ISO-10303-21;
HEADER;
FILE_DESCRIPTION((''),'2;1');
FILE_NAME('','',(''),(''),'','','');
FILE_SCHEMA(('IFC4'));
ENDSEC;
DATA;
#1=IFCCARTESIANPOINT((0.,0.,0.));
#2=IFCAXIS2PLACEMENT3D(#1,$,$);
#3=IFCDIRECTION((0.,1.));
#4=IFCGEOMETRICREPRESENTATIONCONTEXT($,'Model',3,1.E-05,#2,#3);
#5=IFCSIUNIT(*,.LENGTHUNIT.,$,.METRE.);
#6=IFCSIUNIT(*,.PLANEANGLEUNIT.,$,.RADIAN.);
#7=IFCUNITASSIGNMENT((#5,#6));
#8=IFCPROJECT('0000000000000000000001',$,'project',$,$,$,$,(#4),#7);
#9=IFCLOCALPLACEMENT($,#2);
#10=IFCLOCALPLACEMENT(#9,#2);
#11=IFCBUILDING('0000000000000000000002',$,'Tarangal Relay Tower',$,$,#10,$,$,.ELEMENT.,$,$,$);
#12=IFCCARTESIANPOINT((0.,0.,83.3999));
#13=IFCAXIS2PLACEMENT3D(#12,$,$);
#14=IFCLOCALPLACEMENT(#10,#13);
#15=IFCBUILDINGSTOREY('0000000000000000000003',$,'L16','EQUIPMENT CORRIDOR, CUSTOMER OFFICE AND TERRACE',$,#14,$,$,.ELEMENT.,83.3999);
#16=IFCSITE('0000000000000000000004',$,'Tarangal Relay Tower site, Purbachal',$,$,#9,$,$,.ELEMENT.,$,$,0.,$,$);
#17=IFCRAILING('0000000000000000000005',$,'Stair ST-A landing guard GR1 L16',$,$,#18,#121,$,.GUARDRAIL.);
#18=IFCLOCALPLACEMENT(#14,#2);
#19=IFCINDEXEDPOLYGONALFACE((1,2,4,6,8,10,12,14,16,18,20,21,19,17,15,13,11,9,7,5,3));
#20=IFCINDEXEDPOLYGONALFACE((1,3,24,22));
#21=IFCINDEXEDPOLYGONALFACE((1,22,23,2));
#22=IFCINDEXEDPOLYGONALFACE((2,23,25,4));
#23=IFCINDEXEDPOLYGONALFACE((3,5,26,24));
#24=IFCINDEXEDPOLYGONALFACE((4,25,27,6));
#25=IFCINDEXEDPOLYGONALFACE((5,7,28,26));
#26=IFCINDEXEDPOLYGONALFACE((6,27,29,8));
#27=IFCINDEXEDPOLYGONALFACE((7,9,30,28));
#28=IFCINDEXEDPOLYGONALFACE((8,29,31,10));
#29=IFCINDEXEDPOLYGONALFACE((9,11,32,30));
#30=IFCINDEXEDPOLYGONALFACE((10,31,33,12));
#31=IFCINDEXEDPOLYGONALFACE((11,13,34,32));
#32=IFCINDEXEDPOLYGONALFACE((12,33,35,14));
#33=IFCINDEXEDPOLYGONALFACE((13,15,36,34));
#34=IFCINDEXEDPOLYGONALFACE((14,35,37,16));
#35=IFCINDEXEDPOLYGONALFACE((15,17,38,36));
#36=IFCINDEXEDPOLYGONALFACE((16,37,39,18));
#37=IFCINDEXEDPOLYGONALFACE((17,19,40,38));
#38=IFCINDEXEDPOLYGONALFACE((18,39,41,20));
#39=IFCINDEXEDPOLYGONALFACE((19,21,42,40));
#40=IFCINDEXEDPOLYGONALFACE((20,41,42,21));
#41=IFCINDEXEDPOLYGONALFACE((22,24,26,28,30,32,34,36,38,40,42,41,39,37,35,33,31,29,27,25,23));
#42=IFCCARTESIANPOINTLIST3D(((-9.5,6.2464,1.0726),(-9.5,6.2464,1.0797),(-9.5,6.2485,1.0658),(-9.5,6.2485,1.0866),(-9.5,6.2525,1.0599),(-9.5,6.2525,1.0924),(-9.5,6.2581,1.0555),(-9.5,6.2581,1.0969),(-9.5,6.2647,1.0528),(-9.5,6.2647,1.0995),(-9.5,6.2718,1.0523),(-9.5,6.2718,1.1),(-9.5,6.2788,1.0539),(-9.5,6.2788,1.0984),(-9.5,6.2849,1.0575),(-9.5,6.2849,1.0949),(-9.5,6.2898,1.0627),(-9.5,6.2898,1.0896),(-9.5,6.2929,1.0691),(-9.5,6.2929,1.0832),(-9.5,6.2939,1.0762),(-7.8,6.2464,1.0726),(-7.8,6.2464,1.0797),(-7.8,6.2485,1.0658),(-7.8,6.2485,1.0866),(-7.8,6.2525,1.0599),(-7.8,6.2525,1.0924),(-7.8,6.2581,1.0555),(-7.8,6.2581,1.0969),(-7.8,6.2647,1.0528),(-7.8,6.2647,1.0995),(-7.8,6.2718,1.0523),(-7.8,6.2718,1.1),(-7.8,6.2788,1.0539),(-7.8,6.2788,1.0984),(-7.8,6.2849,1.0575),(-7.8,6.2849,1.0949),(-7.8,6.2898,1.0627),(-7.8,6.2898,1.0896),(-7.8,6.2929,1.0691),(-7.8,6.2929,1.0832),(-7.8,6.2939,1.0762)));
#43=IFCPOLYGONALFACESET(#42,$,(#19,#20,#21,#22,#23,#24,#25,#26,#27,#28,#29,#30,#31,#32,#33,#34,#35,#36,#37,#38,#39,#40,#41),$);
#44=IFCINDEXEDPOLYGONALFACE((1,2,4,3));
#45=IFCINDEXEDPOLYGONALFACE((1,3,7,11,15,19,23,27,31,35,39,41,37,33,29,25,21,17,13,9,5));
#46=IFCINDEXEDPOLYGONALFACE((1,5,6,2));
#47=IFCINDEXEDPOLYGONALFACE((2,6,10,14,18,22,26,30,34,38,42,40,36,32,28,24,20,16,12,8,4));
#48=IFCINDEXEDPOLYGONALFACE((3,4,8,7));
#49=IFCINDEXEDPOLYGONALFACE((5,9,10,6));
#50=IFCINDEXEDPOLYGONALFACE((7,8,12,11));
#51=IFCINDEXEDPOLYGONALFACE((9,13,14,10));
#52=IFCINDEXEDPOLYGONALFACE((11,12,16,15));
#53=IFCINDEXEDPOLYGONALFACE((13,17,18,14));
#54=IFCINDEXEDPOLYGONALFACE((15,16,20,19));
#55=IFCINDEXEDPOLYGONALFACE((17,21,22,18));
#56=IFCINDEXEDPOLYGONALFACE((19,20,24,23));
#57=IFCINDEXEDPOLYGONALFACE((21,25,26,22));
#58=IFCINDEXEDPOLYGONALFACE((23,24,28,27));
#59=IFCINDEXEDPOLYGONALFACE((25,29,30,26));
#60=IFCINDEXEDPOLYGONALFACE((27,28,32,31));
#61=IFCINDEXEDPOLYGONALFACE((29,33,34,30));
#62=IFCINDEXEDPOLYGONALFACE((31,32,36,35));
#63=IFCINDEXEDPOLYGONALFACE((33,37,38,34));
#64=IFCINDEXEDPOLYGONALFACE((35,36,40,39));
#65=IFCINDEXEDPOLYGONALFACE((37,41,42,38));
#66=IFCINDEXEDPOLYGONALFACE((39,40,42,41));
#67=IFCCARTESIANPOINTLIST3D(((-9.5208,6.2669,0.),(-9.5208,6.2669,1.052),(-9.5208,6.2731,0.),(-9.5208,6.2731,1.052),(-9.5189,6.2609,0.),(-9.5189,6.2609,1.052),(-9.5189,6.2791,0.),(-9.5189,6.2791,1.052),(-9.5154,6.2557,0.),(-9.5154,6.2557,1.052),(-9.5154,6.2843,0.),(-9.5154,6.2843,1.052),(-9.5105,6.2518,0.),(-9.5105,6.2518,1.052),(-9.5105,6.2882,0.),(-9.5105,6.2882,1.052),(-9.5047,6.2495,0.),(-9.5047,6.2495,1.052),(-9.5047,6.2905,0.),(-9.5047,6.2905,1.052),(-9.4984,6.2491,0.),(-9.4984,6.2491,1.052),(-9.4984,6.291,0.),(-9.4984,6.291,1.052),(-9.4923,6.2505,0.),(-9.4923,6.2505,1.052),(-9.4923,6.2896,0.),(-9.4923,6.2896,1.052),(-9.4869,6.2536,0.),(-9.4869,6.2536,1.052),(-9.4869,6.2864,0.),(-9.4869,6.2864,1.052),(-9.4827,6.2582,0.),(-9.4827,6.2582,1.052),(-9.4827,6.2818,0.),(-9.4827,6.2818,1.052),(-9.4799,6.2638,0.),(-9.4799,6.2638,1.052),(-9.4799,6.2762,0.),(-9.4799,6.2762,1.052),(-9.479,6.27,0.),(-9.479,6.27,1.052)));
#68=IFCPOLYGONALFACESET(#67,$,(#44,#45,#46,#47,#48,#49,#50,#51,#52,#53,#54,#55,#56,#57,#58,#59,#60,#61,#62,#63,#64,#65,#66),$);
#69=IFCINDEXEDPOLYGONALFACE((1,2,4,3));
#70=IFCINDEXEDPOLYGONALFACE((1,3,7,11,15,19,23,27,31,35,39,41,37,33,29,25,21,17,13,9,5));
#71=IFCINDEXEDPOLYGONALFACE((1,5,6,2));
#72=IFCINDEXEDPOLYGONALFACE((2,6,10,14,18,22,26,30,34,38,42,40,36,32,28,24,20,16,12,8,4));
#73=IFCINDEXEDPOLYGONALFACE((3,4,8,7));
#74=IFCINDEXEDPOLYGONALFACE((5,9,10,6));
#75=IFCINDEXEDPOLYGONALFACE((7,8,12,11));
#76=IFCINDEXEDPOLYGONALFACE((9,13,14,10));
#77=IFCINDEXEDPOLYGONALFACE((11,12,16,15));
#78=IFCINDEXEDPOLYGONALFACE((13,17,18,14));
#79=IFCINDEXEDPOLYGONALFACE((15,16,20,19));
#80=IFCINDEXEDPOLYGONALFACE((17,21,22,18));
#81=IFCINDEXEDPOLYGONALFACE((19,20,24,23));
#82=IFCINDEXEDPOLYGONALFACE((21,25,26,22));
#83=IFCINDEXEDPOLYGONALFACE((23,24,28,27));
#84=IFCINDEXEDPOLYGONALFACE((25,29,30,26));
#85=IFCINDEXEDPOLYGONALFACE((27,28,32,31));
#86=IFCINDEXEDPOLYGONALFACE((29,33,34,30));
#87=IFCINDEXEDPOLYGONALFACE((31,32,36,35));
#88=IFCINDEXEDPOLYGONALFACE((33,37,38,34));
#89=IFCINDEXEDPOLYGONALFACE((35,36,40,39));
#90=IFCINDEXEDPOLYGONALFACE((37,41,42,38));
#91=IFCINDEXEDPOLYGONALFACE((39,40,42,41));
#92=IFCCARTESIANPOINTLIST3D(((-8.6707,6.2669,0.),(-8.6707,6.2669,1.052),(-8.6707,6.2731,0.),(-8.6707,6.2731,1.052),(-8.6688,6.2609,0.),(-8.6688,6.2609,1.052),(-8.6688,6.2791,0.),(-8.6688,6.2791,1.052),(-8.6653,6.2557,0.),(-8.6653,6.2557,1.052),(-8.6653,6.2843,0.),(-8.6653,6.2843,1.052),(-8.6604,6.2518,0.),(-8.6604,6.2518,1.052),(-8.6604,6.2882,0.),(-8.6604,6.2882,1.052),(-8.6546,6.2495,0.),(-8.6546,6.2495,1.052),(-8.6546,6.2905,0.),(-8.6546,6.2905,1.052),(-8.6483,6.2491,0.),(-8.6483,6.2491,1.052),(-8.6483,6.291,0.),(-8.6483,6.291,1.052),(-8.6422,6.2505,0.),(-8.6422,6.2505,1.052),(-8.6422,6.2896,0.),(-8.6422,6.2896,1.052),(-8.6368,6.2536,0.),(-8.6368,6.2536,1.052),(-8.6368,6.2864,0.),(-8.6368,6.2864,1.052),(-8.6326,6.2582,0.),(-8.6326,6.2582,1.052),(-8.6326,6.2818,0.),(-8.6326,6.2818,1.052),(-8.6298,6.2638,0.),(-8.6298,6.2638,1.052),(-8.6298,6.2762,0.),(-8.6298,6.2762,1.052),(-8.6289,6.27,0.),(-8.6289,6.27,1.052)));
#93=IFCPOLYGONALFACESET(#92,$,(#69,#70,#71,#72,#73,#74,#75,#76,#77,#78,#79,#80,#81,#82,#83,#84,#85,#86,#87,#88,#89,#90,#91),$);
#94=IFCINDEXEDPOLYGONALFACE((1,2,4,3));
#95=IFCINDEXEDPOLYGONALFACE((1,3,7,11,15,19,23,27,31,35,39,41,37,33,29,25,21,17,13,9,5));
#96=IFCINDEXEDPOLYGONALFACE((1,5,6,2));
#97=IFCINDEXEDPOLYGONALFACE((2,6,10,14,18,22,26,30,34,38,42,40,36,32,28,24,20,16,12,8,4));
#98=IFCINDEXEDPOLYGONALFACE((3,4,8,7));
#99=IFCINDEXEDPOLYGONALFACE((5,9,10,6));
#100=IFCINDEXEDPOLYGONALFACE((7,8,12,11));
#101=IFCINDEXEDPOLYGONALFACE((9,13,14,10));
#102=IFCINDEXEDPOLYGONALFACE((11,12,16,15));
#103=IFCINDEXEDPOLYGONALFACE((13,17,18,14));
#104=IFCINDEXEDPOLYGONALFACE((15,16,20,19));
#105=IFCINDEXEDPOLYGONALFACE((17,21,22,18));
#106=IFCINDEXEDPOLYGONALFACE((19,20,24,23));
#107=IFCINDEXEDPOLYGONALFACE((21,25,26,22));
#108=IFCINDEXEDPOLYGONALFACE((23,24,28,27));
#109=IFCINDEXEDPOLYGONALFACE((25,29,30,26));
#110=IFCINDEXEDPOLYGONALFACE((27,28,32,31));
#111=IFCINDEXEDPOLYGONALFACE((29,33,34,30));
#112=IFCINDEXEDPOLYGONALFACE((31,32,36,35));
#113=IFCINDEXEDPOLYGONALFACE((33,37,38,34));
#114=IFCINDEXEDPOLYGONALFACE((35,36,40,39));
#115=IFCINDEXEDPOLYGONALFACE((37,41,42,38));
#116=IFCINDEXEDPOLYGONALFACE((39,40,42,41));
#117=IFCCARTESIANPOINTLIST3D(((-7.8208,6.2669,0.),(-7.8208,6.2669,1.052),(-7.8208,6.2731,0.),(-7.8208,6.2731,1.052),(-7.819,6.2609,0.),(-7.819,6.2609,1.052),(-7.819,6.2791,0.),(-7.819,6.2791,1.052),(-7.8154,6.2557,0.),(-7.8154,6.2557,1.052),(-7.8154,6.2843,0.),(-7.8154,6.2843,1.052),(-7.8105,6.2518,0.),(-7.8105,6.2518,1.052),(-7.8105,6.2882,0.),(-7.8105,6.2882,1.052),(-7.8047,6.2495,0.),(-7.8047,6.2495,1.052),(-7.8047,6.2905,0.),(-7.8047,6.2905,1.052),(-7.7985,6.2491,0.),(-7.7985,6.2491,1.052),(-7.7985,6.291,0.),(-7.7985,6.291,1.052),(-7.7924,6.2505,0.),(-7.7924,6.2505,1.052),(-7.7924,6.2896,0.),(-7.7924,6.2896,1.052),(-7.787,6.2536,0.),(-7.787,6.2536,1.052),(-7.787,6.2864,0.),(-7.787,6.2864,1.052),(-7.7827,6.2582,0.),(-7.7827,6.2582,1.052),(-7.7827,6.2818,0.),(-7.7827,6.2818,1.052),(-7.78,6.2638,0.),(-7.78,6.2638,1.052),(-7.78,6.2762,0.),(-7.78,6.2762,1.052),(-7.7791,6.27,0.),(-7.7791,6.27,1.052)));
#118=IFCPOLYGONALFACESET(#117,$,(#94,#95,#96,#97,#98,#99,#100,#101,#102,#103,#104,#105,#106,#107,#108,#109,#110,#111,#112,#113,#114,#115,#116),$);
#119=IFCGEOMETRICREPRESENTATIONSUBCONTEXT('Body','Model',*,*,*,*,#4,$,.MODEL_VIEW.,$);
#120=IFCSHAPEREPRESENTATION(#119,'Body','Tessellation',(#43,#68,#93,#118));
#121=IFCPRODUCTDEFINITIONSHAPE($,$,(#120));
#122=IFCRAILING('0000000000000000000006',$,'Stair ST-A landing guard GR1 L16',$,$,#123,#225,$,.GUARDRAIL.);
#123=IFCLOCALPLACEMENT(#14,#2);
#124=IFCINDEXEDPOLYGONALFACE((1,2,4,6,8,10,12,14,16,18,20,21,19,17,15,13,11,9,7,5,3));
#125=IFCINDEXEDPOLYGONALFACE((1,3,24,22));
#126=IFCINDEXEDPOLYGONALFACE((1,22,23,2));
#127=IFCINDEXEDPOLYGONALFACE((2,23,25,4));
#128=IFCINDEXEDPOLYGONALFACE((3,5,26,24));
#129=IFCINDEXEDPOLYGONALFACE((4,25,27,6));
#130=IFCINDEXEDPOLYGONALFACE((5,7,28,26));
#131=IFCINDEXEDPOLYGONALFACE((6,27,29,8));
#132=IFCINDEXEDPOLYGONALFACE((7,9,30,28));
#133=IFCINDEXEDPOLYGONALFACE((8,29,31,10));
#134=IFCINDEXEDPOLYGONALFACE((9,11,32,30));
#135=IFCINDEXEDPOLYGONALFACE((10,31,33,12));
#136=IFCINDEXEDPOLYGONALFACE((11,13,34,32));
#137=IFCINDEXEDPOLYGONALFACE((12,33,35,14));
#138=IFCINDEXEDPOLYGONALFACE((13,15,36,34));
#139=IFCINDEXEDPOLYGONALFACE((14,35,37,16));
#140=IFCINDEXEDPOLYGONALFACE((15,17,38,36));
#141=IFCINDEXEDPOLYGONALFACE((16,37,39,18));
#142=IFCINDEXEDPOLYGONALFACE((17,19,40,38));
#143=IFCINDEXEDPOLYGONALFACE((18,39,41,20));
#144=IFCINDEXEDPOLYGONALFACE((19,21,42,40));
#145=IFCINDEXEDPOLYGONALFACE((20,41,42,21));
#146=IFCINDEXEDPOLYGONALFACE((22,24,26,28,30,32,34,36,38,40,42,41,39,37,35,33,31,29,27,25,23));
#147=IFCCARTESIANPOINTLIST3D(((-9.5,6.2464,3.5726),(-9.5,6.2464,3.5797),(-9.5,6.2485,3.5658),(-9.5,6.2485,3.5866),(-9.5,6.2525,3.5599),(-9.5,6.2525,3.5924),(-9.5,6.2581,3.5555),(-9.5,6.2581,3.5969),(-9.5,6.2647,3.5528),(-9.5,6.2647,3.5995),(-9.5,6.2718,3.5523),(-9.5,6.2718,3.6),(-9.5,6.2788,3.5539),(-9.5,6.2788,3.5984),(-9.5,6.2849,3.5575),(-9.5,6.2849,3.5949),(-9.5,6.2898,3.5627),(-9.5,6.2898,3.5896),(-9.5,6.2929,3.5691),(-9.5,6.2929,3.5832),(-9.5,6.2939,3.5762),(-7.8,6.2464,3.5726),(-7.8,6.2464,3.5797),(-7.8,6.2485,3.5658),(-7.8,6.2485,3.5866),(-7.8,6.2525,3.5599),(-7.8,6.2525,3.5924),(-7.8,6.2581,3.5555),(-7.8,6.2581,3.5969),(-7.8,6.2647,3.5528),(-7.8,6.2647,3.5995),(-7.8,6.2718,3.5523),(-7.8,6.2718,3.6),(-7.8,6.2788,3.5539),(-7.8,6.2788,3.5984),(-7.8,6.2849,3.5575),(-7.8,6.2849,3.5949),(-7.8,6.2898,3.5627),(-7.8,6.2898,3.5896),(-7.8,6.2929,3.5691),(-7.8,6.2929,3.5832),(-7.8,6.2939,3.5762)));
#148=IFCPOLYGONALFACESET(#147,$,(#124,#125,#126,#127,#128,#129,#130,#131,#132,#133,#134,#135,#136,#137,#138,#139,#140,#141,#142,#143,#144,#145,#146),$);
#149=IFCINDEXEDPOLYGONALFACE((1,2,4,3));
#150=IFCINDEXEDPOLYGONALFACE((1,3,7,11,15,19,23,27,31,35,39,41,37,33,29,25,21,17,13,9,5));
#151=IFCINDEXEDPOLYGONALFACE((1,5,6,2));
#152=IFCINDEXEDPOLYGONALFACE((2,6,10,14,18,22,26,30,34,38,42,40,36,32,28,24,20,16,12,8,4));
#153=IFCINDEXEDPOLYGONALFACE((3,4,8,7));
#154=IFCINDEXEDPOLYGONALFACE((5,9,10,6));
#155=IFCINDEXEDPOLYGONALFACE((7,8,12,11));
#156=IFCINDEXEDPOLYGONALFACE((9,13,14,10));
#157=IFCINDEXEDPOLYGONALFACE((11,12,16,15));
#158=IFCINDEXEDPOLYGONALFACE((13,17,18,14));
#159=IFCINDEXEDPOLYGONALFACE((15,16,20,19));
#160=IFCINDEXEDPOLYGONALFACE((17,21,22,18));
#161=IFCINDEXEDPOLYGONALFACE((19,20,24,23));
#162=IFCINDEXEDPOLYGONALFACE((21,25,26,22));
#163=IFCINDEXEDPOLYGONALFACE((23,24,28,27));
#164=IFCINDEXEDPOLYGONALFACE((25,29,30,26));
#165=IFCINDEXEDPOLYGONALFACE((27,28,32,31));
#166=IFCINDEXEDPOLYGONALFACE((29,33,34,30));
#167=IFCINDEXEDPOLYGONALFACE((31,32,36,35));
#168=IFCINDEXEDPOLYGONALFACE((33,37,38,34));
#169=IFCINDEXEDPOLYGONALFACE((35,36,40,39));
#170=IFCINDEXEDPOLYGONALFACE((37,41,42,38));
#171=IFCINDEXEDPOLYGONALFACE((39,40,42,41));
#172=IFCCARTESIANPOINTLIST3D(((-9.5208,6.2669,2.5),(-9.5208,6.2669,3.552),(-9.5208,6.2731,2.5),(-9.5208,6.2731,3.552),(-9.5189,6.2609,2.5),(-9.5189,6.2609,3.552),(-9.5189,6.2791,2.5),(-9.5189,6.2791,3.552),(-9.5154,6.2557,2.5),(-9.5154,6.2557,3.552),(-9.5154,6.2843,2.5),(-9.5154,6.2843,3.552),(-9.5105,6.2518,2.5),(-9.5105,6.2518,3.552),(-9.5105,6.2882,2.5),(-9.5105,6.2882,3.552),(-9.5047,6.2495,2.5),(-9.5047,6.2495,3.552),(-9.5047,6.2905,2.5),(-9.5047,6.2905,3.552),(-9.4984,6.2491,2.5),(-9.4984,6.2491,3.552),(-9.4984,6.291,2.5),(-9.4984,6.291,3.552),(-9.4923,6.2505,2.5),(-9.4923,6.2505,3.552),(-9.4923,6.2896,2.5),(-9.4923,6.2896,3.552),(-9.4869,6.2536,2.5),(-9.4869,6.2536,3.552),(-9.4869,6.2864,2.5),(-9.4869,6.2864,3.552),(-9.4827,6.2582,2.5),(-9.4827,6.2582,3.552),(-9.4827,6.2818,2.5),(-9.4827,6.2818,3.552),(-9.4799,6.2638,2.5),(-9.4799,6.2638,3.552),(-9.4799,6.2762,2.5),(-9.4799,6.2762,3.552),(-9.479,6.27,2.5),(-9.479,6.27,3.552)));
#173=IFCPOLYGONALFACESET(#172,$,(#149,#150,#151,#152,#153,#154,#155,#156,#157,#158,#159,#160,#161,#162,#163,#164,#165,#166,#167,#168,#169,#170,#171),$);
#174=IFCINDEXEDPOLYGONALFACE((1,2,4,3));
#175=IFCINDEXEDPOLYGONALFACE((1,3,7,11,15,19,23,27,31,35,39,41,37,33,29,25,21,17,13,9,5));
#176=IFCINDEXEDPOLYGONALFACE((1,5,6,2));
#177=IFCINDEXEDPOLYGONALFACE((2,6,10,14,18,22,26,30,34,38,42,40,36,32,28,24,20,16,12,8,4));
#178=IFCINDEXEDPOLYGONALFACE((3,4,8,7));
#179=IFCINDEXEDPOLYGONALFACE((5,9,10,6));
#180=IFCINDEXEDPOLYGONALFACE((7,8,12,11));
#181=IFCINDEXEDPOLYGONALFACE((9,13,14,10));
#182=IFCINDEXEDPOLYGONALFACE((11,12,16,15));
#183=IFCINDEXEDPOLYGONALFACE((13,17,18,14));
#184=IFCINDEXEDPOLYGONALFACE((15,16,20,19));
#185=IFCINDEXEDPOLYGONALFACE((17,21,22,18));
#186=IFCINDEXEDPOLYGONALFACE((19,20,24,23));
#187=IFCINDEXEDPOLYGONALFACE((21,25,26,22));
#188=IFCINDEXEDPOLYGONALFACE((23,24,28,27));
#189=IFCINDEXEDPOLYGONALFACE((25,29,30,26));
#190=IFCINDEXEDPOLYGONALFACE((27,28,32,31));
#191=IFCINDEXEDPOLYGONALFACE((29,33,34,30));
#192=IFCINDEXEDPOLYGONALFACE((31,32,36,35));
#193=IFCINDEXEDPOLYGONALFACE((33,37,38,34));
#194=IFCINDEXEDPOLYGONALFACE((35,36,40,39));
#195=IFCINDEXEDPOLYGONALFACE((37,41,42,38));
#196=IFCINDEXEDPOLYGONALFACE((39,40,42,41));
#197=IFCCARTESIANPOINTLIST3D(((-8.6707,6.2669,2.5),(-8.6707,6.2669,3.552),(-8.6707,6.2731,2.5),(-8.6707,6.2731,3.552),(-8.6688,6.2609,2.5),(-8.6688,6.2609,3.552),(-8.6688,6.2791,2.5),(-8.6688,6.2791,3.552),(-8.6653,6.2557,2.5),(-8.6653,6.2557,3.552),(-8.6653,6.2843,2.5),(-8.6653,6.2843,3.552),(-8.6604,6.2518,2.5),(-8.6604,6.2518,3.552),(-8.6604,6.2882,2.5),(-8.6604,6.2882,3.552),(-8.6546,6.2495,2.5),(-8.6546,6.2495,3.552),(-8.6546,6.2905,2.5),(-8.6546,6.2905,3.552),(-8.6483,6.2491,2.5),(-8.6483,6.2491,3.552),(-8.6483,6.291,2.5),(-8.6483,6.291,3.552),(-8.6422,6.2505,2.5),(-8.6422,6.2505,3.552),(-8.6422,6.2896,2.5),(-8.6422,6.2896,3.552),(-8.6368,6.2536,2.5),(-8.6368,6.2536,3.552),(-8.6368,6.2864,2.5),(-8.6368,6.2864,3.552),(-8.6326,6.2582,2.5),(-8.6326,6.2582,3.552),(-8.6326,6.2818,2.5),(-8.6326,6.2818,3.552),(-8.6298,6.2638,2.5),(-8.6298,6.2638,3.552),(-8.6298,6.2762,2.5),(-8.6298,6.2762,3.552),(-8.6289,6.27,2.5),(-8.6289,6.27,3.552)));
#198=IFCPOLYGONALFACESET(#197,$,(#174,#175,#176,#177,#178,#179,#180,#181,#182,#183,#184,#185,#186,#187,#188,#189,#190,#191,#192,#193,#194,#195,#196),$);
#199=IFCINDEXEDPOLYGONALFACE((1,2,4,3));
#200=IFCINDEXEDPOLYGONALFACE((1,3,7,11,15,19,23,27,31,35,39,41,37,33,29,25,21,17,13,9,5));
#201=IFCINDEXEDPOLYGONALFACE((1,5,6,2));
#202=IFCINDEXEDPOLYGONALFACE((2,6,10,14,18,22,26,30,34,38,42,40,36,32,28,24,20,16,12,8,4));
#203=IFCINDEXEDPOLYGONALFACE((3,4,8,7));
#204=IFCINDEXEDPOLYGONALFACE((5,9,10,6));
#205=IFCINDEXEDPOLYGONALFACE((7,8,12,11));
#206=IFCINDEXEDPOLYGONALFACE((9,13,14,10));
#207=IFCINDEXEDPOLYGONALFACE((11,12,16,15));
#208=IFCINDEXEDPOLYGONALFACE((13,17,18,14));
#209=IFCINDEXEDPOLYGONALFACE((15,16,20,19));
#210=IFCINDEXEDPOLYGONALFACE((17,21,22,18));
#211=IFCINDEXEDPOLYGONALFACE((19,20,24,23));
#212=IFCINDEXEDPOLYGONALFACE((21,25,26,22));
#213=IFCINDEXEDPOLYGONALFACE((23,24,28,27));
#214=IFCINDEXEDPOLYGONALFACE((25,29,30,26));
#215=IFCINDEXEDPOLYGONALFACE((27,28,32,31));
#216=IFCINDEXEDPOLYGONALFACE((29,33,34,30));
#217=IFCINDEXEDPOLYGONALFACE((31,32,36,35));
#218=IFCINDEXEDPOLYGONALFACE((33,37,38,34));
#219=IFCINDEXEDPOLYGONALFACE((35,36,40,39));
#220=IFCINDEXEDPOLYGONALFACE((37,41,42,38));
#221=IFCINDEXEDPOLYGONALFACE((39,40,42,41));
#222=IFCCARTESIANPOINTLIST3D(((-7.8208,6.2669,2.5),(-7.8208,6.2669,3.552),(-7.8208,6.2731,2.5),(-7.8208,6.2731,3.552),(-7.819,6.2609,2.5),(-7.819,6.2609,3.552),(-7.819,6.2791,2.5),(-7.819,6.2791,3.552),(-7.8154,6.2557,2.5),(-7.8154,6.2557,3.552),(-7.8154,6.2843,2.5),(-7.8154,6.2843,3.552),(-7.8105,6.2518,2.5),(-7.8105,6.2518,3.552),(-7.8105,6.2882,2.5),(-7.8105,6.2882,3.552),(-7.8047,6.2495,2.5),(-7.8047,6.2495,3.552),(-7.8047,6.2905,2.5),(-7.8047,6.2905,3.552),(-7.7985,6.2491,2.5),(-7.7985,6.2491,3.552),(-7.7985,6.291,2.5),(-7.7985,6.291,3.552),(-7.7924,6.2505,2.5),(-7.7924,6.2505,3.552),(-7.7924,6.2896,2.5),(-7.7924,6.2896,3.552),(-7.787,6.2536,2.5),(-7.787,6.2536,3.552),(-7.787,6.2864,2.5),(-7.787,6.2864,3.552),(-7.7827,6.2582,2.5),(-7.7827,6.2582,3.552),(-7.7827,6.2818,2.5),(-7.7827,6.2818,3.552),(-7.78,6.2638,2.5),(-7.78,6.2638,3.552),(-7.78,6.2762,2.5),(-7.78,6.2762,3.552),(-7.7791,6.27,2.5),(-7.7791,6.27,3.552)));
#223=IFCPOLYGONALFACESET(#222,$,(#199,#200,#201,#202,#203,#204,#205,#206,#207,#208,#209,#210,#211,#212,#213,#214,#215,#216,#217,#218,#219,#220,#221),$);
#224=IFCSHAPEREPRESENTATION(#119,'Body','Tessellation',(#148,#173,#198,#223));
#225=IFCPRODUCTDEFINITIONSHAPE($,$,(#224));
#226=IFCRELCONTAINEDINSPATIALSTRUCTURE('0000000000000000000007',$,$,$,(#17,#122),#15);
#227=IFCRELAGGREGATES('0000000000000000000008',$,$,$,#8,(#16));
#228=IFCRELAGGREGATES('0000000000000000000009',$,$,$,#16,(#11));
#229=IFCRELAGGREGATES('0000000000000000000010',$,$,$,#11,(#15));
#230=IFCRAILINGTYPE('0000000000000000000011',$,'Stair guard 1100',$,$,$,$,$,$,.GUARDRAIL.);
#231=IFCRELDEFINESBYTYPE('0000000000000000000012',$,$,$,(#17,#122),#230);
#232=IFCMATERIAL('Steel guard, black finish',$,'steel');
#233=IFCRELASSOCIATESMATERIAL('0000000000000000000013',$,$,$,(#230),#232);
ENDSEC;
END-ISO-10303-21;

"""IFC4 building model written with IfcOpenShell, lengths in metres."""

from ifc_helpers import new_model, si_unit, direction, frame, origin, origin_2d, place, context, subcontext, project, spatial, circle, extrude, material, type_object, element, save


model = new_model("IFC4")

# Units and contexts
model_context = context("Model", 3, precision=1e-05, world=origin(), true_north=direction((0.0, 1.0)))
body_context = subcontext(model_context, "Body", "Model", "MODEL_VIEW")
ifc_project = project(units=[si_unit("LENGTHUNIT", "METRE"), si_unit("PLANEANGLEUNIT", "RADIAN")], contexts=[model_context])

# Site, building, storey
site_placement = place(None, origin())
site = spatial("IfcSite", under=ifc_project, at=site_placement, Name="Tarangal Relay Tower site, Purbachal", CompositionType="ELEMENT", RefElevation=0.0)
building_placement = place(site_placement, origin())
building = spatial("IfcBuilding", under=site, at=building_placement, Name="Tarangal Relay Tower", CompositionType="ELEMENT")
storey_placement = place(building_placement, frame((0.0, 0.0, 83.3999)))
storey = spatial("IfcBuildingStorey", under=building, at=storey_placement, Name="L16", Description="EQUIPMENT CORRIDOR, CUSTOMER OFFICE AND TERRACE", CompositionType="ELEMENT", Elevation=83.3999)

# Railings
ifc_material_1 = material(Name="Steel guard, black finish", Category="steel")
railing_type = type_object("IfcRailingType", Name="Stair guard 1100", PredefinedType="GUARDRAIL", material=ifc_material_1)
for number, where, name in (
    (1, (-9.5, 6.27, 0.0), "Stair ST-A landing guard GR1 L16"),
    (2, (-9.5, 6.27, 2.5), "Stair ST-A landing guard GR1 L16"),
):
    element("IfcRailing", number, at=place(storey_placement, frame(where)), inside=storey, type_object=railing_type, Name=name, PredefinedType="GUARDRAIL", context=body_context, shape_type="SweptSolid", body=[
        extrude(circle(Radius=0.0239, at=origin_2d()), frame((0.0, 0.0, 1.0762), z_axis=(1.0, 0.0, 0.0), x_axis=(0.0, 1.0, 0.0)), (0.0, 0.0, 1.0), 1.7),
        extrude(circle(Radius=0.021, at=origin_2d()), origin(), (0.0, 0.0, 1.0), 1.052),
        extrude(circle(Radius=0.021, at=origin_2d()), frame((0.8501, 0.0, 0.0)), (0.0, 0.0, 1.0), 1.052),
        extrude(circle(Radius=0.021, at=origin_2d()), frame((1.7, 0.0, 0.0)), (0.0, 0.0, 1.0), 1.052),
    ])

save(model, "model.ifc")
